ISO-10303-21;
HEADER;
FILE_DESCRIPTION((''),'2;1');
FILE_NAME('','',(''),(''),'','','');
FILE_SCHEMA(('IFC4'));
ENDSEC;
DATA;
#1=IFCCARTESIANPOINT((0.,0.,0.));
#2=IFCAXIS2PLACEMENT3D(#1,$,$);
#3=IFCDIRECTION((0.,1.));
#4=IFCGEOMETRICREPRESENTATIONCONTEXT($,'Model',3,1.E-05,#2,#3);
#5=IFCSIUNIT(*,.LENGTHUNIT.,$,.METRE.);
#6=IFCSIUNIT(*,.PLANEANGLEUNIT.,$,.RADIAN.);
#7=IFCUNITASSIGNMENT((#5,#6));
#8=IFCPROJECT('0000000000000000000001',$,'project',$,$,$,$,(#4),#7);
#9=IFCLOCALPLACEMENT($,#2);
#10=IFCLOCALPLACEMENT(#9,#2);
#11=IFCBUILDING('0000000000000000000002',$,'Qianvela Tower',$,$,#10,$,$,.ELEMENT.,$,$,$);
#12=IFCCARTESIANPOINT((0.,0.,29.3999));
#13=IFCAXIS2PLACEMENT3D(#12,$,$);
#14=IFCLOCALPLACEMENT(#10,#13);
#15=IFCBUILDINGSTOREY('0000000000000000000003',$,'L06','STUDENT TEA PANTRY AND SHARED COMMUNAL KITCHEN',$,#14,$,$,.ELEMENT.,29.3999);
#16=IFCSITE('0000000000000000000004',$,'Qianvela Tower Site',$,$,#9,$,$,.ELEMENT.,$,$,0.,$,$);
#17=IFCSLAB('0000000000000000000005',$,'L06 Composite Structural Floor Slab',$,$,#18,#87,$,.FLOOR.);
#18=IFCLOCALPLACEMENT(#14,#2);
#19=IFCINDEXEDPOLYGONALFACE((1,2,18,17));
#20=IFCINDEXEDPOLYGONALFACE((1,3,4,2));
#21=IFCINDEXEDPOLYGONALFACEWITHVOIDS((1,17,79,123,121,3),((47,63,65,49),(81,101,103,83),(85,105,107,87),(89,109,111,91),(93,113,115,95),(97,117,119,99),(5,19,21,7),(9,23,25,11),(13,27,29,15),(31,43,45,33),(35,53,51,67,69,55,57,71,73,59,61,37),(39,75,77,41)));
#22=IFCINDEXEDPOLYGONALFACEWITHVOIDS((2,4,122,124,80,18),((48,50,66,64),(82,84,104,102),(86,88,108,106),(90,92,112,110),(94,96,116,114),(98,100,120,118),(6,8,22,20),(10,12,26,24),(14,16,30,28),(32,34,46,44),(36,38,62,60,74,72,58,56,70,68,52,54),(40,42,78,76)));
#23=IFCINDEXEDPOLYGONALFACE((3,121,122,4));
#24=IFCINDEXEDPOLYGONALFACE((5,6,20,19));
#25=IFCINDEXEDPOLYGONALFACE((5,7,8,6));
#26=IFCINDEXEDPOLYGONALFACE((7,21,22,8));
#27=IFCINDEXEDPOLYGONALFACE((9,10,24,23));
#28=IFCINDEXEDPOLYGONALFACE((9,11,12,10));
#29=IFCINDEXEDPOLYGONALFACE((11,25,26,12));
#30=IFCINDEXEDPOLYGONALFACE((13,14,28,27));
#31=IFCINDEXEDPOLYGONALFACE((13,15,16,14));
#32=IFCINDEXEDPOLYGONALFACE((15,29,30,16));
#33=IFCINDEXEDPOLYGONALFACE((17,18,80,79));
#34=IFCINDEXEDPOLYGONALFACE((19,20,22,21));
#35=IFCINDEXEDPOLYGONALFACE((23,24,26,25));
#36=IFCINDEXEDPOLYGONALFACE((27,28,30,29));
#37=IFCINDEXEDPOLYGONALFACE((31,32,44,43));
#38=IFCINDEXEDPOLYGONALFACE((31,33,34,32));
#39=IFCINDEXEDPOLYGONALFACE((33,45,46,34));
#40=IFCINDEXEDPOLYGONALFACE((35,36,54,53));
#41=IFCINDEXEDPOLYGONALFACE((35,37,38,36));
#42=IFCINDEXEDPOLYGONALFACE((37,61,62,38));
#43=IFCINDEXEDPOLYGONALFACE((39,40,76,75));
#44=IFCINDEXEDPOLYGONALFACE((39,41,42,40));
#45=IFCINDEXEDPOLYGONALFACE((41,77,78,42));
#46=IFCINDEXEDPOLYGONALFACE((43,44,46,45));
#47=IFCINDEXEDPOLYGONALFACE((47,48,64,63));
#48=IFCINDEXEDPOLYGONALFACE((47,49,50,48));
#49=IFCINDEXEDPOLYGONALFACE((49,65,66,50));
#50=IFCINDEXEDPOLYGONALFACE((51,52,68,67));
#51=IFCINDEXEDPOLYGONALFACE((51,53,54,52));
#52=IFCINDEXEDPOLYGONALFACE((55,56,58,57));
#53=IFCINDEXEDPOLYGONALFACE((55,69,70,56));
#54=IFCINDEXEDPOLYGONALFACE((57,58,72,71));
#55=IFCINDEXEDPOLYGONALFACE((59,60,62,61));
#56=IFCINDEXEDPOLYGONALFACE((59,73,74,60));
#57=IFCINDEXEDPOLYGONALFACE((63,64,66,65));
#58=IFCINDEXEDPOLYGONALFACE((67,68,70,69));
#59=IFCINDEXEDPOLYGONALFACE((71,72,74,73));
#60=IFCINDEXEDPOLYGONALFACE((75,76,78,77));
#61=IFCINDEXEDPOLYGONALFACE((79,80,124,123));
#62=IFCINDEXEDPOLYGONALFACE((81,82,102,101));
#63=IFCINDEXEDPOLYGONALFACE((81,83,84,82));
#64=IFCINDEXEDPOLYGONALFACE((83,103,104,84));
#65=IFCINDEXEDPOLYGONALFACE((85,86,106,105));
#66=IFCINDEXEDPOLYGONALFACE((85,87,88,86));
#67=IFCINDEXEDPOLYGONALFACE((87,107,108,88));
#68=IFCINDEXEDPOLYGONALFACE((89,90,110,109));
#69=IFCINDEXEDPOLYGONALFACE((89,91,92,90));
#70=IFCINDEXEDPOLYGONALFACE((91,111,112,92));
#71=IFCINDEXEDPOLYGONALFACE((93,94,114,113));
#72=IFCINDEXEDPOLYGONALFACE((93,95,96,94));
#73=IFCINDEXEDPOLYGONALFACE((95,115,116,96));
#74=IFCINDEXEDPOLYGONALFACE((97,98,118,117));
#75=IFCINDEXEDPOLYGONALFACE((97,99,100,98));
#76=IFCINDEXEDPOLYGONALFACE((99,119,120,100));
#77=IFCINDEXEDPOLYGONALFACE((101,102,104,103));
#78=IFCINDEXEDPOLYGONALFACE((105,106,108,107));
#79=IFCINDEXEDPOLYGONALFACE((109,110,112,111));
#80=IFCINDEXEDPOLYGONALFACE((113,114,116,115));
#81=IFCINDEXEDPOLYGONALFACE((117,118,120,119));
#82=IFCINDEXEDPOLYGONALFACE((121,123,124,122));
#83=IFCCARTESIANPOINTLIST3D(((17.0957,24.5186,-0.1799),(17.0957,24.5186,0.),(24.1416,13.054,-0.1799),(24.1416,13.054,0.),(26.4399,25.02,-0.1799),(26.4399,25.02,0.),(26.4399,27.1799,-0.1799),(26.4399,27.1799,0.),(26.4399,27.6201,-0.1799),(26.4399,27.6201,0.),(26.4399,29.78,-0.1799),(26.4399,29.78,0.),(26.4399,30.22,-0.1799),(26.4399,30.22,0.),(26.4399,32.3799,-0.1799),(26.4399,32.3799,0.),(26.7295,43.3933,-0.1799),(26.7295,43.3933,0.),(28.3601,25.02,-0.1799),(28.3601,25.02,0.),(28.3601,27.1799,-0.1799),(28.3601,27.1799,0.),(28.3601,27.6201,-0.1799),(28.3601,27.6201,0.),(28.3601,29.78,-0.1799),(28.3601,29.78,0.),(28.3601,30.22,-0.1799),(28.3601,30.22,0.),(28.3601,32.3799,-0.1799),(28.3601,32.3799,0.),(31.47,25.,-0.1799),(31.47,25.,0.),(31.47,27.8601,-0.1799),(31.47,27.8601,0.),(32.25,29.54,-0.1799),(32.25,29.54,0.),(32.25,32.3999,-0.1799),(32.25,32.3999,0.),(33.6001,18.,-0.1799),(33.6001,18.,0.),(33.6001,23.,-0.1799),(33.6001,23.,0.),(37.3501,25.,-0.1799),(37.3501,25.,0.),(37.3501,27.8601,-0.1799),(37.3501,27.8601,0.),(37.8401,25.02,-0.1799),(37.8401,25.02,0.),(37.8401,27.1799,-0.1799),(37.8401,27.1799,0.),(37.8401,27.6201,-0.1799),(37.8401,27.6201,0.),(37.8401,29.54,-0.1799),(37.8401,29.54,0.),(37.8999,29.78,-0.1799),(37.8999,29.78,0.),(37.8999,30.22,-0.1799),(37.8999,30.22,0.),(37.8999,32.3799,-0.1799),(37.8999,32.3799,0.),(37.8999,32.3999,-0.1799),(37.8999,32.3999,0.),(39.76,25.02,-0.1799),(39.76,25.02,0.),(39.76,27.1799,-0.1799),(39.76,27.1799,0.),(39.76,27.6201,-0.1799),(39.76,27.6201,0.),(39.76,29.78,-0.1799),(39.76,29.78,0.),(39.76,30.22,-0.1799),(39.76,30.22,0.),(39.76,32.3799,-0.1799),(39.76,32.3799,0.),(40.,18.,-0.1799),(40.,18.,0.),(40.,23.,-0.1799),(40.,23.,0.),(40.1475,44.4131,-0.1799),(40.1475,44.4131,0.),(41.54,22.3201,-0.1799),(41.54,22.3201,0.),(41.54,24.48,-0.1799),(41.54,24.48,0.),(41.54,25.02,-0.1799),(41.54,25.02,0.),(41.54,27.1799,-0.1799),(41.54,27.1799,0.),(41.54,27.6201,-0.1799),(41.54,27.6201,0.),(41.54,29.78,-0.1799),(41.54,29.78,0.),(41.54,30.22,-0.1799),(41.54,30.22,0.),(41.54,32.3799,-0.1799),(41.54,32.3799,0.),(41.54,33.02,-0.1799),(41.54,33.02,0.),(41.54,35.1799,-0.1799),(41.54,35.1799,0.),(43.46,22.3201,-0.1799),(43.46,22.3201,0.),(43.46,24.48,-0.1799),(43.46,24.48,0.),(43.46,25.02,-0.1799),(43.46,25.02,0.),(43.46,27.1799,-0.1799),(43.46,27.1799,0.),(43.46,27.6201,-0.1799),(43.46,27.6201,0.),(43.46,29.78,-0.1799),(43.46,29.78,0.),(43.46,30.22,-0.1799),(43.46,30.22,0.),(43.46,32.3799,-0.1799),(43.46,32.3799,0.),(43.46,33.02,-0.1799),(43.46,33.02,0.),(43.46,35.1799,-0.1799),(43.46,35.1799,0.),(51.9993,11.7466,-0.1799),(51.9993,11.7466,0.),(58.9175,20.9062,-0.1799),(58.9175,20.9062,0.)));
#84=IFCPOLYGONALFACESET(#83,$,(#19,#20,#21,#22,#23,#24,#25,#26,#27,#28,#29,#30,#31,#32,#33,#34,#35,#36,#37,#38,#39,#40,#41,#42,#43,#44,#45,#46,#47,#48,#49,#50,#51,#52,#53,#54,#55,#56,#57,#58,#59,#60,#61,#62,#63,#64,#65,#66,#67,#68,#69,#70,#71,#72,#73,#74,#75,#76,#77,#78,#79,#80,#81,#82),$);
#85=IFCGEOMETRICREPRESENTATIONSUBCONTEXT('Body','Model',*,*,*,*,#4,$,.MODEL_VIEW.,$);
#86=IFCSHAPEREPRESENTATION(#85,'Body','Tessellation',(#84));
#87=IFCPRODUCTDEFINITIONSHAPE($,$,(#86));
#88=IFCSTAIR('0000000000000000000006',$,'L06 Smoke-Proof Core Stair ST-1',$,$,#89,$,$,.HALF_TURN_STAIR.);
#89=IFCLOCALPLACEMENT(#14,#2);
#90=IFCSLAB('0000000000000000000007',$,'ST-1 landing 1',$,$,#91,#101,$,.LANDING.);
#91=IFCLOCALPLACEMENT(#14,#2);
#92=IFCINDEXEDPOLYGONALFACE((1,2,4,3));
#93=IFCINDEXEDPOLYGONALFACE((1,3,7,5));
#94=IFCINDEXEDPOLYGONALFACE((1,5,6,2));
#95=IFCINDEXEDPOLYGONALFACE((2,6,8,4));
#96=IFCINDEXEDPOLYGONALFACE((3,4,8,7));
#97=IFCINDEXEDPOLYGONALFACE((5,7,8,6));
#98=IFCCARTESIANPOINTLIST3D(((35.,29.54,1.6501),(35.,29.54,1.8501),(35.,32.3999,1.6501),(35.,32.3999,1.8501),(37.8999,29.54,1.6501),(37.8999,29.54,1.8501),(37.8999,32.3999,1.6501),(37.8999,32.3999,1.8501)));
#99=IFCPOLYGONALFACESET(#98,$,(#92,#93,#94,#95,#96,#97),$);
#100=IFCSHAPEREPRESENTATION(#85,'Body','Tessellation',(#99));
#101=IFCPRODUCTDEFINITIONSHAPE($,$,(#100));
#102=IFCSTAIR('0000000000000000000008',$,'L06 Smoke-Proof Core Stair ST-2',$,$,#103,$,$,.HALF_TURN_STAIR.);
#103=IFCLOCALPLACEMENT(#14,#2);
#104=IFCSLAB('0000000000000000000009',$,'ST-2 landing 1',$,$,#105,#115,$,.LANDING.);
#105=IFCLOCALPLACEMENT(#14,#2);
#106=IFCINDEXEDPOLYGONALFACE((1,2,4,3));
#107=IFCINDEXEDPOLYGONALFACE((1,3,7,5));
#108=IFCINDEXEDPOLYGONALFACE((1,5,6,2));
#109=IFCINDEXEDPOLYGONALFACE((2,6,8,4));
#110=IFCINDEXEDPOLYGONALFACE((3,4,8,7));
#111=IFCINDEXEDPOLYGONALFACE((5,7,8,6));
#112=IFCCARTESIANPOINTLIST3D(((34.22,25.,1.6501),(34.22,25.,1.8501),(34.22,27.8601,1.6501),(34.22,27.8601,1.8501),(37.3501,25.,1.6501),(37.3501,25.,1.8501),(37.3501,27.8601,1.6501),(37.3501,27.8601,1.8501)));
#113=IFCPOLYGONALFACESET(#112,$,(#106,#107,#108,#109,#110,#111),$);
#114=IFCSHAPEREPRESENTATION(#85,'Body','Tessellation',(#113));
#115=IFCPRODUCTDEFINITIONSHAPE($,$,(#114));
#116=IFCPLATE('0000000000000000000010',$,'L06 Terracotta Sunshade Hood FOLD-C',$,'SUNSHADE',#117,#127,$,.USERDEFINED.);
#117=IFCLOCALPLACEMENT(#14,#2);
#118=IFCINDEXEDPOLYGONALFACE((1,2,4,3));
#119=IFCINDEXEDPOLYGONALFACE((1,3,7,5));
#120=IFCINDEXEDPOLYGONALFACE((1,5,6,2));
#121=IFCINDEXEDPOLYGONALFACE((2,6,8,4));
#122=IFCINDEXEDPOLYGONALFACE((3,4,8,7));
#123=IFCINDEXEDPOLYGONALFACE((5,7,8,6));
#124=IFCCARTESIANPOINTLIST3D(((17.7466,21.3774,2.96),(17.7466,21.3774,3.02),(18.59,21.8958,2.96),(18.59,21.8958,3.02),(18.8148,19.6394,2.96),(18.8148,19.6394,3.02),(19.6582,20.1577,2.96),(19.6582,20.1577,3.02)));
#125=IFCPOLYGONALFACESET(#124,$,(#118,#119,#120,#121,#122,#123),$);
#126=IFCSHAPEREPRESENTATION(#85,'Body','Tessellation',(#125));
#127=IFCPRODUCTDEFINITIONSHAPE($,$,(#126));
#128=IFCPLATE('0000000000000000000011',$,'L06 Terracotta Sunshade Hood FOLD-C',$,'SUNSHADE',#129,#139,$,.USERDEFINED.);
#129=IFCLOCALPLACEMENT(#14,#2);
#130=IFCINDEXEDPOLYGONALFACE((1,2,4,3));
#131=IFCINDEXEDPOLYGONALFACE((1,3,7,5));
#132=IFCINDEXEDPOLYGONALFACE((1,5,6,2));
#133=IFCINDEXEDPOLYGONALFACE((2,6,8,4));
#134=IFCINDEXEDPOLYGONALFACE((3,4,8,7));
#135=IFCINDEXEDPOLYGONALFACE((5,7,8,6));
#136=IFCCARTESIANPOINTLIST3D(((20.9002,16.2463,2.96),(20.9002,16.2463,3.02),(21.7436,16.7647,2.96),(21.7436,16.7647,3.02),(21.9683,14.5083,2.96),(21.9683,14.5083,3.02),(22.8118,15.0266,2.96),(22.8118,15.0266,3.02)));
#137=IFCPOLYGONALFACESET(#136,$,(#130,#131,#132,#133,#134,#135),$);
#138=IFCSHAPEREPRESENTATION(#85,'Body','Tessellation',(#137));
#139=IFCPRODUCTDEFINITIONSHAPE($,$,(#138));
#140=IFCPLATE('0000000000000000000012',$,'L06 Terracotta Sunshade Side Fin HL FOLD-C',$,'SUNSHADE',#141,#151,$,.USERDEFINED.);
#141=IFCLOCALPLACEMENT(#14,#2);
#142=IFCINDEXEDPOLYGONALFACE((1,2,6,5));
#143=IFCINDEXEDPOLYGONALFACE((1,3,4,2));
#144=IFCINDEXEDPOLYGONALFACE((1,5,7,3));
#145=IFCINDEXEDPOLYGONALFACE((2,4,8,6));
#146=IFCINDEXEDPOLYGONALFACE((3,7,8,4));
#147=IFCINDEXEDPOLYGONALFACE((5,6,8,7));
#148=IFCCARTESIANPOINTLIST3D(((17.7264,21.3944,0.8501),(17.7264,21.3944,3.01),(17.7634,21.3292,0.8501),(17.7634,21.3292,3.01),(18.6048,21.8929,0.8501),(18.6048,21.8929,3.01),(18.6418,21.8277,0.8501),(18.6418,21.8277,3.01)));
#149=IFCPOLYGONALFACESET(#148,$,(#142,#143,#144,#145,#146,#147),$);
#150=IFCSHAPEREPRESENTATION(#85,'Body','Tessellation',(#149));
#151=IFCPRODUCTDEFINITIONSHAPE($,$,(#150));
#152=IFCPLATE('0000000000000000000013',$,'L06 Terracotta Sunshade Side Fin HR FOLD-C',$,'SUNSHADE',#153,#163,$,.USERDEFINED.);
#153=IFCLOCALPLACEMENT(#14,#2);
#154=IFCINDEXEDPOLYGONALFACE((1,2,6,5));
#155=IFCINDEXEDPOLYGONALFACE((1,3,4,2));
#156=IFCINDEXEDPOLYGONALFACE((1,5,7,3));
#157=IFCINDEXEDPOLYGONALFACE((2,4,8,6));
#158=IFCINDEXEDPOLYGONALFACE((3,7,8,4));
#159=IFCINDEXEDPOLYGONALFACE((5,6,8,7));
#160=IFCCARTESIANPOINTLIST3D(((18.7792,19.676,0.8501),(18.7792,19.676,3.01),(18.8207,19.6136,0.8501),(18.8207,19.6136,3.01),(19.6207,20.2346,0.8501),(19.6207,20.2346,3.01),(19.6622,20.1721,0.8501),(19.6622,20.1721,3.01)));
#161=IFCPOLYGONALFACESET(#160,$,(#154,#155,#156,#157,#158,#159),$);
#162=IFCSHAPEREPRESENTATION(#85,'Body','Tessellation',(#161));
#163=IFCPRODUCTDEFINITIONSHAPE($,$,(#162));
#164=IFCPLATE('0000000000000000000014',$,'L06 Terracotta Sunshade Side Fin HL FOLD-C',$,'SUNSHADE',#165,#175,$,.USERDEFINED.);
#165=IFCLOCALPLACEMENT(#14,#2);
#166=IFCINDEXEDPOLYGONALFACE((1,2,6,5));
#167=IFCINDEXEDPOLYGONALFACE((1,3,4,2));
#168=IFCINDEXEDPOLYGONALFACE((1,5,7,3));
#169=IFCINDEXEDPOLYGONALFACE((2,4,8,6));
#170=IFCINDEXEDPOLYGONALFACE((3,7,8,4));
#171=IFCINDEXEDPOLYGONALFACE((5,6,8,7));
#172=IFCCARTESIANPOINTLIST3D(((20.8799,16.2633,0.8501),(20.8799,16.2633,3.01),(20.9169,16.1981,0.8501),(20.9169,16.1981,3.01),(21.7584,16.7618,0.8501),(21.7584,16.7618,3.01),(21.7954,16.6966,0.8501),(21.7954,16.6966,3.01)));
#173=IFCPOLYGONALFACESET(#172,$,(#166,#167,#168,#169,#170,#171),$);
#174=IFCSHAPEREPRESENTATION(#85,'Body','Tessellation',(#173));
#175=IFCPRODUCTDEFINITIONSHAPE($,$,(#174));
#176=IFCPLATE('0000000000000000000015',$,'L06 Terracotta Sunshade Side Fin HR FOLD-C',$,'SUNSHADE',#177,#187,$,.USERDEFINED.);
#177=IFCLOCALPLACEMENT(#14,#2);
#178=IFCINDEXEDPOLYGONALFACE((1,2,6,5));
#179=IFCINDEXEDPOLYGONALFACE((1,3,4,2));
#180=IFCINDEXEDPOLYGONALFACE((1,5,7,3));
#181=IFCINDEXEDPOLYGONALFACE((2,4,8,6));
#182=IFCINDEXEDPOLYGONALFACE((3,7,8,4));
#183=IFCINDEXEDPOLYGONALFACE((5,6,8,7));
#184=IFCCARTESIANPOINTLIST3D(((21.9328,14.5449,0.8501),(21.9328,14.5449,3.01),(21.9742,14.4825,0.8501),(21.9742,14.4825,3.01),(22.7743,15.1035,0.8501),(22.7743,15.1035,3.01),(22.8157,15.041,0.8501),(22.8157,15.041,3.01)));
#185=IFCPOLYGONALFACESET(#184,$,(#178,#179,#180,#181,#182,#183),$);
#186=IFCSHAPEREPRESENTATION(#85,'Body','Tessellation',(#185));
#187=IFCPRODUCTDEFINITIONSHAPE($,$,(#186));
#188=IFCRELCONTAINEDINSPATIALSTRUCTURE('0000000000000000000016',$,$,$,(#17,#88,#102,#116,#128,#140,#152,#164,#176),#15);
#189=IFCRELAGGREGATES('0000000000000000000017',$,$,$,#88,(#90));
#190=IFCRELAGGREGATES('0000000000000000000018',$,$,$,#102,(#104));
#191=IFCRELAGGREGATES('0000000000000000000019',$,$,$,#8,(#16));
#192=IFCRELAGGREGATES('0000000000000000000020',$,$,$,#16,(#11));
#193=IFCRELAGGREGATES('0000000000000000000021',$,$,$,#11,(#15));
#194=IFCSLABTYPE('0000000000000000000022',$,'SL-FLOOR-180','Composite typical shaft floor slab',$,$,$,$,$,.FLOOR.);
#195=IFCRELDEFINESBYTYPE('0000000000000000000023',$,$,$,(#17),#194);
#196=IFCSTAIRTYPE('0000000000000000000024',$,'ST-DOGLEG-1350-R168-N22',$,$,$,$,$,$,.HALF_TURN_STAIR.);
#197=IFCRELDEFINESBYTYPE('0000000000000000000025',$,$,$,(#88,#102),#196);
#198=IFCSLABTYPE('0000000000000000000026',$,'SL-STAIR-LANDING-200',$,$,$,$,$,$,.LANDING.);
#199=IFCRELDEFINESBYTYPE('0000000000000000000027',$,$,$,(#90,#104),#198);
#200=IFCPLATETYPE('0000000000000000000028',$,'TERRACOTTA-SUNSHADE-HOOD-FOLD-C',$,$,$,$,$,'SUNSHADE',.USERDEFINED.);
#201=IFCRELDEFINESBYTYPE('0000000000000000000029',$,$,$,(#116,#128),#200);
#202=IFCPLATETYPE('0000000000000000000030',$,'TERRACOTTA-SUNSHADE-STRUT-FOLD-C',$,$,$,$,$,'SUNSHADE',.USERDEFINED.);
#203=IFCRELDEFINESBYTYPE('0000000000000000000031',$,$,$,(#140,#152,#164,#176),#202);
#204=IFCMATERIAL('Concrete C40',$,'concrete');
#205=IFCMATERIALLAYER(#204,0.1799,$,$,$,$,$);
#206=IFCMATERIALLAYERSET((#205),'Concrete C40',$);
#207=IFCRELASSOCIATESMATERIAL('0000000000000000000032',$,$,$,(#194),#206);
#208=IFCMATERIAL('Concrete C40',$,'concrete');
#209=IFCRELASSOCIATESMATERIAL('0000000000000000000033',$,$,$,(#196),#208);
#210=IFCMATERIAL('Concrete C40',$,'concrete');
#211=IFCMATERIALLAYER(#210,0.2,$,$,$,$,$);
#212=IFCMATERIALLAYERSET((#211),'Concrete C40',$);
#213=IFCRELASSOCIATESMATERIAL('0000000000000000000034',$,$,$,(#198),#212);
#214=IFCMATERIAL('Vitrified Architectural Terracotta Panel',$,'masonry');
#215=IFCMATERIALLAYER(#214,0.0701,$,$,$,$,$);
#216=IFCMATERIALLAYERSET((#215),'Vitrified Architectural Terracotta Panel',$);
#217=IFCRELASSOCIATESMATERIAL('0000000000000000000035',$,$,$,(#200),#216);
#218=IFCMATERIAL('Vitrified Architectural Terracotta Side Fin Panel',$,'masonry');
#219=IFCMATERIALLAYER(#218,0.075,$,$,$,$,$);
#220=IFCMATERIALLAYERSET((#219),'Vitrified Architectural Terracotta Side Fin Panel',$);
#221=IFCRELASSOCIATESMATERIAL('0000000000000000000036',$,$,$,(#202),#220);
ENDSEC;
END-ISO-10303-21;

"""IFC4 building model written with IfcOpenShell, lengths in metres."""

from ifc_helpers import new_model, si_unit, direction, frame, origin, origin_2d, place, context, subcontext, project, spatial, polyline, rectangle, outline, extrude, material, layer, layer_set, type_object, element, aggregate, save


model = new_model("IFC4")

# Units and contexts
model_context = context("Model", 3, precision=1e-05, world=origin(), true_north=direction((0.0, 1.0)))
body_context = subcontext(model_context, "Body", "Model", "MODEL_VIEW")
ifc_project = project(units=[si_unit("LENGTHUNIT", "METRE"), si_unit("PLANEANGLEUNIT", "RADIAN")], contexts=[model_context])

# Site, building, storey
site_placement = place(None, origin())
site = spatial("IfcSite", under=ifc_project, at=site_placement, Name="Qianvela Tower Site", CompositionType="ELEMENT", RefElevation=0.0)
building_placement = place(site_placement, origin())
building = spatial("IfcBuilding", under=site, at=building_placement, Name="Qianvela Tower", CompositionType="ELEMENT")
storey_placement = place(building_placement, frame((0.0, 0.0, 29.3999)))
storey = spatial("IfcBuildingStorey", under=building, at=storey_placement, Name="L06", Description="STUDENT TEA PANTRY AND SHARED COMMUNAL KITCHEN", CompositionType="ELEMENT", Elevation=29.3999)

# Slab
ifc_material_1 = material(Name="Concrete C40", Category="concrete")
ifc_layer_1 = layer(ifc_material_1, 0.1799)
ifc_layer_set_1 = layer_set([ifc_layer_1], Name="Concrete C40")
slab_type_1 = type_object("IfcSlabType", Name="SL-FLOOR-180", Description="Composite typical shaft floor slab", PredefinedType="FLOOR", material=ifc_layer_set_1)
slab_1_placement = place(storey_placement, frame((0.0, 0.0, -0.1799)))
element("IfcSlab", 1, at=slab_1_placement, inside=storey, type_object=slab_type_1, Name="L06 Composite Structural Floor Slab", PredefinedType="FLOOR", context=body_context, shape_type="SweptSolid", body=[
    extrude(outline(polyline([(51.9993, 11.7466), (58.9175, 20.9062), (40.1475, 44.4131), (26.7295, 43.3933), (17.0957, 24.5186), (24.1416, 13.054), (51.9993, 11.7466)]), holes=[polyline([(40.0, 23.0), (33.6001, 23.0), (33.6001, 18.0), (40.0, 18.0), (40.0, 23.0)]), polyline([(28.3601, 25.02), (28.3601, 27.1799), (26.4399, 27.1799), (26.4399, 25.02), (28.3601, 25.02)]), polyline([(37.3501, 25.0), (37.3501, 27.8601), (31.47, 27.8601), (31.47, 25.0), (37.3501, 25.0)]), polyline([(28.3601, 27.6201), (28.3601, 29.78), (26.4399, 29.78), (26.4399, 27.6201), (28.3601, 27.6201)]), polyline([(37.8999, 32.3799), (37.8999, 32.3999), (32.25, 32.3999), (32.25, 29.54), (37.8401, 29.54), (37.8401, 27.6201), (39.76, 27.6201), (39.76, 29.78), (37.8999, 29.78), (37.8999, 30.22), (39.76, 30.22), (39.76, 32.3799), (37.8999, 32.3799)]), polyline([(28.3601, 30.22), (28.3601, 32.3799), (26.4399, 32.3799), (26.4399, 30.22), (28.3601, 30.22)]), polyline([(43.46, 24.48), (41.54, 24.48), (41.54, 22.3201), (43.46, 22.3201), (43.46, 24.48)]), polyline([(39.76, 25.02), (39.76, 27.1799), (37.8401, 27.1799), (37.8401, 25.02), (39.76, 25.02)]), polyline([(43.46, 25.02), (43.46, 27.1799), (41.54, 27.1799), (41.54, 25.02), (43.46, 25.02)]), polyline([(43.46, 27.6201), (43.46, 29.78), (41.54, 29.78), (41.54, 27.6201), (43.46, 27.6201)]), polyline([(43.46, 30.22), (43.46, 32.3799), (41.54, 32.3799), (41.54, 30.22), (43.46, 30.22)]), polyline([(43.46, 33.02), (43.46, 35.1799), (41.54, 35.1799), (41.54, 33.02), (43.46, 33.02)])]), origin(), (0.0, 0.0, 1.0), 0.1799),
])

# Stairs, slabs
ifc_material_2 = material(Name="Concrete C40", Category="concrete")
stair_type = type_object("IfcStairType", Name="ST-DOGLEG-1350-R168-N22", PredefinedType="HALF_TURN_STAIR", material=ifc_material_2)
stair_1_placement = place(storey_placement, origin())
stair_1 = element("IfcStair", 2, at=stair_1_placement, inside=storey, type_object=stair_type, Name="L06 Smoke-Proof Core Stair ST-1", PredefinedType="HALF_TURN_STAIR")
ifc_material_3 = material(Name="Concrete C40", Category="concrete")
ifc_layer_2 = layer(ifc_material_3, 0.2)
ifc_layer_set_2 = layer_set([ifc_layer_2], Name="Concrete C40")
slab_type_2 = type_object("IfcSlabType", Name="SL-STAIR-LANDING-200", PredefinedType="LANDING", material=ifc_layer_set_2)
slab_2_placement = place(storey_placement, frame((0.0, 0.0, 1.6501)))
slab_2 = element("IfcSlab", 3, at=slab_2_placement, type_object=slab_type_2, Name="ST-1 landing 1", PredefinedType="LANDING", context=body_context, shape_type="SweptSolid", body=[
    extrude(outline(polyline([(35.0, 29.54), (37.8999, 29.54), (37.8999, 32.3999), (35.0, 32.3999), (35.0, 29.54)])), origin(), (0.0, 0.0, 1.0), 0.2),
])
aggregate(stair_1, [slab_2])
stair_2_placement = place(storey_placement, origin())
stair_2 = element("IfcStair", 4, at=stair_2_placement, inside=storey, type_object=stair_type, Name="L06 Smoke-Proof Core Stair ST-2", PredefinedType="HALF_TURN_STAIR")
slab_3_placement = place(storey_placement, frame((0.0, 0.0, 1.6501)))
slab_3 = element("IfcSlab", 5, at=slab_3_placement, type_object=slab_type_2, Name="ST-2 landing 1", PredefinedType="LANDING", context=body_context, shape_type="SweptSolid", body=[
    extrude(outline(polyline([(34.22, 25.0), (37.3501, 25.0), (37.3501, 27.8601), (34.22, 27.8601), (34.22, 25.0)])), origin(), (0.0, 0.0, 1.0), 0.2),
])
aggregate(stair_2, [slab_3])

# Plates
ifc_material_4 = material(Name="Vitrified Architectural Terracotta Panel", Category="masonry")
ifc_layer_3 = layer(ifc_material_4, 0.0701)
ifc_layer_set_3 = layer_set([ifc_layer_3], Name="Vitrified Architectural Terracotta Panel")
plate_type_1 = type_object("IfcPlateType", Name="TERRACOTTA-SUNSHADE-HOOD-FOLD-C", ElementType="SUNSHADE", PredefinedType="USERDEFINED", material=ifc_layer_set_3)
for number, where, z_axis, x_axis, name in (
    (6, (18.7024, 20.7676, 2.96), (0.0, 0.0, 1.0), (0.523599, -0.851965, 0.0), "L06 Terracotta Sunshade Hood FOLD-C"),
    (7, (21.856, 15.6365, 2.96), (0.0, 0.0, 1.0), (0.523599, -0.851965, 0.0), "L06 Terracotta Sunshade Hood FOLD-C"),
):
    element("IfcPlate", number, at=place(storey_placement, frame(where, z_axis=z_axis, x_axis=x_axis)), inside=storey, type_object=plate_type_1, Name=name, ObjectType="SUNSHADE", PredefinedType="USERDEFINED", context=body_context, shape_type="SweptSolid", body=[
        extrude(rectangle(XDim=2.04, YDim=0.99, at=origin_2d()), origin(), (0.0, 0.0, 1.0), 0.0601),
    ])
ifc_material_5 = material(Name="Vitrified Architectural Terracotta Side Fin Panel", Category="masonry")
ifc_layer_4 = layer(ifc_material_5, 0.075)
ifc_layer_set_4 = layer_set([ifc_layer_4], Name="Vitrified Architectural Terracotta Side Fin Panel")
plate_type_2 = type_object("IfcPlateType", Name="TERRACOTTA-SUNSHADE-STRUT-FOLD-C", ElementType="SUNSHADE", PredefinedType="USERDEFINED", material=ifc_layer_set_4)
for number, where, z_axis, x_axis, name in (
    (8, (18.1841, 21.6111, 0.8501), (0.0, 0.0, 1.0), (0.493547, -0.869719, 0.0), "L06 Terracotta Sunshade Side Fin HL FOLD-C"),
    (9, (19.2207, 19.9241, 0.8501), (0.0, 0.0, 1.0), (0.553014, -0.833172, 0.0), "L06 Terracotta Sunshade Side Fin HR FOLD-C"),
    (10, (21.3376, 16.48, 0.8501), (0.0, 0.0, 1.0), (0.493547, -0.869719, 0.0), "L06 Terracotta Sunshade Side Fin HL FOLD-C"),
    (11, (22.3743, 14.793, 0.8501), (0.0, 0.0, 1.0), (0.553014, -0.833172, 0.0), "L06 Terracotta Sunshade Side Fin HR FOLD-C"),
):
    element("IfcPlate", number, at=place(storey_placement, frame(where, z_axis=z_axis, x_axis=x_axis)), inside=storey, type_object=plate_type_2, Name=name, ObjectType="SUNSHADE", PredefinedType="USERDEFINED", context=body_context, shape_type="SweptSolid", body=[
        extrude(rectangle(XDim=0.075, YDim=1.01, at=origin_2d()), origin(), (0.0, 0.0, 1.0), 2.1599),
    ])

save(model, "model.ifc")
